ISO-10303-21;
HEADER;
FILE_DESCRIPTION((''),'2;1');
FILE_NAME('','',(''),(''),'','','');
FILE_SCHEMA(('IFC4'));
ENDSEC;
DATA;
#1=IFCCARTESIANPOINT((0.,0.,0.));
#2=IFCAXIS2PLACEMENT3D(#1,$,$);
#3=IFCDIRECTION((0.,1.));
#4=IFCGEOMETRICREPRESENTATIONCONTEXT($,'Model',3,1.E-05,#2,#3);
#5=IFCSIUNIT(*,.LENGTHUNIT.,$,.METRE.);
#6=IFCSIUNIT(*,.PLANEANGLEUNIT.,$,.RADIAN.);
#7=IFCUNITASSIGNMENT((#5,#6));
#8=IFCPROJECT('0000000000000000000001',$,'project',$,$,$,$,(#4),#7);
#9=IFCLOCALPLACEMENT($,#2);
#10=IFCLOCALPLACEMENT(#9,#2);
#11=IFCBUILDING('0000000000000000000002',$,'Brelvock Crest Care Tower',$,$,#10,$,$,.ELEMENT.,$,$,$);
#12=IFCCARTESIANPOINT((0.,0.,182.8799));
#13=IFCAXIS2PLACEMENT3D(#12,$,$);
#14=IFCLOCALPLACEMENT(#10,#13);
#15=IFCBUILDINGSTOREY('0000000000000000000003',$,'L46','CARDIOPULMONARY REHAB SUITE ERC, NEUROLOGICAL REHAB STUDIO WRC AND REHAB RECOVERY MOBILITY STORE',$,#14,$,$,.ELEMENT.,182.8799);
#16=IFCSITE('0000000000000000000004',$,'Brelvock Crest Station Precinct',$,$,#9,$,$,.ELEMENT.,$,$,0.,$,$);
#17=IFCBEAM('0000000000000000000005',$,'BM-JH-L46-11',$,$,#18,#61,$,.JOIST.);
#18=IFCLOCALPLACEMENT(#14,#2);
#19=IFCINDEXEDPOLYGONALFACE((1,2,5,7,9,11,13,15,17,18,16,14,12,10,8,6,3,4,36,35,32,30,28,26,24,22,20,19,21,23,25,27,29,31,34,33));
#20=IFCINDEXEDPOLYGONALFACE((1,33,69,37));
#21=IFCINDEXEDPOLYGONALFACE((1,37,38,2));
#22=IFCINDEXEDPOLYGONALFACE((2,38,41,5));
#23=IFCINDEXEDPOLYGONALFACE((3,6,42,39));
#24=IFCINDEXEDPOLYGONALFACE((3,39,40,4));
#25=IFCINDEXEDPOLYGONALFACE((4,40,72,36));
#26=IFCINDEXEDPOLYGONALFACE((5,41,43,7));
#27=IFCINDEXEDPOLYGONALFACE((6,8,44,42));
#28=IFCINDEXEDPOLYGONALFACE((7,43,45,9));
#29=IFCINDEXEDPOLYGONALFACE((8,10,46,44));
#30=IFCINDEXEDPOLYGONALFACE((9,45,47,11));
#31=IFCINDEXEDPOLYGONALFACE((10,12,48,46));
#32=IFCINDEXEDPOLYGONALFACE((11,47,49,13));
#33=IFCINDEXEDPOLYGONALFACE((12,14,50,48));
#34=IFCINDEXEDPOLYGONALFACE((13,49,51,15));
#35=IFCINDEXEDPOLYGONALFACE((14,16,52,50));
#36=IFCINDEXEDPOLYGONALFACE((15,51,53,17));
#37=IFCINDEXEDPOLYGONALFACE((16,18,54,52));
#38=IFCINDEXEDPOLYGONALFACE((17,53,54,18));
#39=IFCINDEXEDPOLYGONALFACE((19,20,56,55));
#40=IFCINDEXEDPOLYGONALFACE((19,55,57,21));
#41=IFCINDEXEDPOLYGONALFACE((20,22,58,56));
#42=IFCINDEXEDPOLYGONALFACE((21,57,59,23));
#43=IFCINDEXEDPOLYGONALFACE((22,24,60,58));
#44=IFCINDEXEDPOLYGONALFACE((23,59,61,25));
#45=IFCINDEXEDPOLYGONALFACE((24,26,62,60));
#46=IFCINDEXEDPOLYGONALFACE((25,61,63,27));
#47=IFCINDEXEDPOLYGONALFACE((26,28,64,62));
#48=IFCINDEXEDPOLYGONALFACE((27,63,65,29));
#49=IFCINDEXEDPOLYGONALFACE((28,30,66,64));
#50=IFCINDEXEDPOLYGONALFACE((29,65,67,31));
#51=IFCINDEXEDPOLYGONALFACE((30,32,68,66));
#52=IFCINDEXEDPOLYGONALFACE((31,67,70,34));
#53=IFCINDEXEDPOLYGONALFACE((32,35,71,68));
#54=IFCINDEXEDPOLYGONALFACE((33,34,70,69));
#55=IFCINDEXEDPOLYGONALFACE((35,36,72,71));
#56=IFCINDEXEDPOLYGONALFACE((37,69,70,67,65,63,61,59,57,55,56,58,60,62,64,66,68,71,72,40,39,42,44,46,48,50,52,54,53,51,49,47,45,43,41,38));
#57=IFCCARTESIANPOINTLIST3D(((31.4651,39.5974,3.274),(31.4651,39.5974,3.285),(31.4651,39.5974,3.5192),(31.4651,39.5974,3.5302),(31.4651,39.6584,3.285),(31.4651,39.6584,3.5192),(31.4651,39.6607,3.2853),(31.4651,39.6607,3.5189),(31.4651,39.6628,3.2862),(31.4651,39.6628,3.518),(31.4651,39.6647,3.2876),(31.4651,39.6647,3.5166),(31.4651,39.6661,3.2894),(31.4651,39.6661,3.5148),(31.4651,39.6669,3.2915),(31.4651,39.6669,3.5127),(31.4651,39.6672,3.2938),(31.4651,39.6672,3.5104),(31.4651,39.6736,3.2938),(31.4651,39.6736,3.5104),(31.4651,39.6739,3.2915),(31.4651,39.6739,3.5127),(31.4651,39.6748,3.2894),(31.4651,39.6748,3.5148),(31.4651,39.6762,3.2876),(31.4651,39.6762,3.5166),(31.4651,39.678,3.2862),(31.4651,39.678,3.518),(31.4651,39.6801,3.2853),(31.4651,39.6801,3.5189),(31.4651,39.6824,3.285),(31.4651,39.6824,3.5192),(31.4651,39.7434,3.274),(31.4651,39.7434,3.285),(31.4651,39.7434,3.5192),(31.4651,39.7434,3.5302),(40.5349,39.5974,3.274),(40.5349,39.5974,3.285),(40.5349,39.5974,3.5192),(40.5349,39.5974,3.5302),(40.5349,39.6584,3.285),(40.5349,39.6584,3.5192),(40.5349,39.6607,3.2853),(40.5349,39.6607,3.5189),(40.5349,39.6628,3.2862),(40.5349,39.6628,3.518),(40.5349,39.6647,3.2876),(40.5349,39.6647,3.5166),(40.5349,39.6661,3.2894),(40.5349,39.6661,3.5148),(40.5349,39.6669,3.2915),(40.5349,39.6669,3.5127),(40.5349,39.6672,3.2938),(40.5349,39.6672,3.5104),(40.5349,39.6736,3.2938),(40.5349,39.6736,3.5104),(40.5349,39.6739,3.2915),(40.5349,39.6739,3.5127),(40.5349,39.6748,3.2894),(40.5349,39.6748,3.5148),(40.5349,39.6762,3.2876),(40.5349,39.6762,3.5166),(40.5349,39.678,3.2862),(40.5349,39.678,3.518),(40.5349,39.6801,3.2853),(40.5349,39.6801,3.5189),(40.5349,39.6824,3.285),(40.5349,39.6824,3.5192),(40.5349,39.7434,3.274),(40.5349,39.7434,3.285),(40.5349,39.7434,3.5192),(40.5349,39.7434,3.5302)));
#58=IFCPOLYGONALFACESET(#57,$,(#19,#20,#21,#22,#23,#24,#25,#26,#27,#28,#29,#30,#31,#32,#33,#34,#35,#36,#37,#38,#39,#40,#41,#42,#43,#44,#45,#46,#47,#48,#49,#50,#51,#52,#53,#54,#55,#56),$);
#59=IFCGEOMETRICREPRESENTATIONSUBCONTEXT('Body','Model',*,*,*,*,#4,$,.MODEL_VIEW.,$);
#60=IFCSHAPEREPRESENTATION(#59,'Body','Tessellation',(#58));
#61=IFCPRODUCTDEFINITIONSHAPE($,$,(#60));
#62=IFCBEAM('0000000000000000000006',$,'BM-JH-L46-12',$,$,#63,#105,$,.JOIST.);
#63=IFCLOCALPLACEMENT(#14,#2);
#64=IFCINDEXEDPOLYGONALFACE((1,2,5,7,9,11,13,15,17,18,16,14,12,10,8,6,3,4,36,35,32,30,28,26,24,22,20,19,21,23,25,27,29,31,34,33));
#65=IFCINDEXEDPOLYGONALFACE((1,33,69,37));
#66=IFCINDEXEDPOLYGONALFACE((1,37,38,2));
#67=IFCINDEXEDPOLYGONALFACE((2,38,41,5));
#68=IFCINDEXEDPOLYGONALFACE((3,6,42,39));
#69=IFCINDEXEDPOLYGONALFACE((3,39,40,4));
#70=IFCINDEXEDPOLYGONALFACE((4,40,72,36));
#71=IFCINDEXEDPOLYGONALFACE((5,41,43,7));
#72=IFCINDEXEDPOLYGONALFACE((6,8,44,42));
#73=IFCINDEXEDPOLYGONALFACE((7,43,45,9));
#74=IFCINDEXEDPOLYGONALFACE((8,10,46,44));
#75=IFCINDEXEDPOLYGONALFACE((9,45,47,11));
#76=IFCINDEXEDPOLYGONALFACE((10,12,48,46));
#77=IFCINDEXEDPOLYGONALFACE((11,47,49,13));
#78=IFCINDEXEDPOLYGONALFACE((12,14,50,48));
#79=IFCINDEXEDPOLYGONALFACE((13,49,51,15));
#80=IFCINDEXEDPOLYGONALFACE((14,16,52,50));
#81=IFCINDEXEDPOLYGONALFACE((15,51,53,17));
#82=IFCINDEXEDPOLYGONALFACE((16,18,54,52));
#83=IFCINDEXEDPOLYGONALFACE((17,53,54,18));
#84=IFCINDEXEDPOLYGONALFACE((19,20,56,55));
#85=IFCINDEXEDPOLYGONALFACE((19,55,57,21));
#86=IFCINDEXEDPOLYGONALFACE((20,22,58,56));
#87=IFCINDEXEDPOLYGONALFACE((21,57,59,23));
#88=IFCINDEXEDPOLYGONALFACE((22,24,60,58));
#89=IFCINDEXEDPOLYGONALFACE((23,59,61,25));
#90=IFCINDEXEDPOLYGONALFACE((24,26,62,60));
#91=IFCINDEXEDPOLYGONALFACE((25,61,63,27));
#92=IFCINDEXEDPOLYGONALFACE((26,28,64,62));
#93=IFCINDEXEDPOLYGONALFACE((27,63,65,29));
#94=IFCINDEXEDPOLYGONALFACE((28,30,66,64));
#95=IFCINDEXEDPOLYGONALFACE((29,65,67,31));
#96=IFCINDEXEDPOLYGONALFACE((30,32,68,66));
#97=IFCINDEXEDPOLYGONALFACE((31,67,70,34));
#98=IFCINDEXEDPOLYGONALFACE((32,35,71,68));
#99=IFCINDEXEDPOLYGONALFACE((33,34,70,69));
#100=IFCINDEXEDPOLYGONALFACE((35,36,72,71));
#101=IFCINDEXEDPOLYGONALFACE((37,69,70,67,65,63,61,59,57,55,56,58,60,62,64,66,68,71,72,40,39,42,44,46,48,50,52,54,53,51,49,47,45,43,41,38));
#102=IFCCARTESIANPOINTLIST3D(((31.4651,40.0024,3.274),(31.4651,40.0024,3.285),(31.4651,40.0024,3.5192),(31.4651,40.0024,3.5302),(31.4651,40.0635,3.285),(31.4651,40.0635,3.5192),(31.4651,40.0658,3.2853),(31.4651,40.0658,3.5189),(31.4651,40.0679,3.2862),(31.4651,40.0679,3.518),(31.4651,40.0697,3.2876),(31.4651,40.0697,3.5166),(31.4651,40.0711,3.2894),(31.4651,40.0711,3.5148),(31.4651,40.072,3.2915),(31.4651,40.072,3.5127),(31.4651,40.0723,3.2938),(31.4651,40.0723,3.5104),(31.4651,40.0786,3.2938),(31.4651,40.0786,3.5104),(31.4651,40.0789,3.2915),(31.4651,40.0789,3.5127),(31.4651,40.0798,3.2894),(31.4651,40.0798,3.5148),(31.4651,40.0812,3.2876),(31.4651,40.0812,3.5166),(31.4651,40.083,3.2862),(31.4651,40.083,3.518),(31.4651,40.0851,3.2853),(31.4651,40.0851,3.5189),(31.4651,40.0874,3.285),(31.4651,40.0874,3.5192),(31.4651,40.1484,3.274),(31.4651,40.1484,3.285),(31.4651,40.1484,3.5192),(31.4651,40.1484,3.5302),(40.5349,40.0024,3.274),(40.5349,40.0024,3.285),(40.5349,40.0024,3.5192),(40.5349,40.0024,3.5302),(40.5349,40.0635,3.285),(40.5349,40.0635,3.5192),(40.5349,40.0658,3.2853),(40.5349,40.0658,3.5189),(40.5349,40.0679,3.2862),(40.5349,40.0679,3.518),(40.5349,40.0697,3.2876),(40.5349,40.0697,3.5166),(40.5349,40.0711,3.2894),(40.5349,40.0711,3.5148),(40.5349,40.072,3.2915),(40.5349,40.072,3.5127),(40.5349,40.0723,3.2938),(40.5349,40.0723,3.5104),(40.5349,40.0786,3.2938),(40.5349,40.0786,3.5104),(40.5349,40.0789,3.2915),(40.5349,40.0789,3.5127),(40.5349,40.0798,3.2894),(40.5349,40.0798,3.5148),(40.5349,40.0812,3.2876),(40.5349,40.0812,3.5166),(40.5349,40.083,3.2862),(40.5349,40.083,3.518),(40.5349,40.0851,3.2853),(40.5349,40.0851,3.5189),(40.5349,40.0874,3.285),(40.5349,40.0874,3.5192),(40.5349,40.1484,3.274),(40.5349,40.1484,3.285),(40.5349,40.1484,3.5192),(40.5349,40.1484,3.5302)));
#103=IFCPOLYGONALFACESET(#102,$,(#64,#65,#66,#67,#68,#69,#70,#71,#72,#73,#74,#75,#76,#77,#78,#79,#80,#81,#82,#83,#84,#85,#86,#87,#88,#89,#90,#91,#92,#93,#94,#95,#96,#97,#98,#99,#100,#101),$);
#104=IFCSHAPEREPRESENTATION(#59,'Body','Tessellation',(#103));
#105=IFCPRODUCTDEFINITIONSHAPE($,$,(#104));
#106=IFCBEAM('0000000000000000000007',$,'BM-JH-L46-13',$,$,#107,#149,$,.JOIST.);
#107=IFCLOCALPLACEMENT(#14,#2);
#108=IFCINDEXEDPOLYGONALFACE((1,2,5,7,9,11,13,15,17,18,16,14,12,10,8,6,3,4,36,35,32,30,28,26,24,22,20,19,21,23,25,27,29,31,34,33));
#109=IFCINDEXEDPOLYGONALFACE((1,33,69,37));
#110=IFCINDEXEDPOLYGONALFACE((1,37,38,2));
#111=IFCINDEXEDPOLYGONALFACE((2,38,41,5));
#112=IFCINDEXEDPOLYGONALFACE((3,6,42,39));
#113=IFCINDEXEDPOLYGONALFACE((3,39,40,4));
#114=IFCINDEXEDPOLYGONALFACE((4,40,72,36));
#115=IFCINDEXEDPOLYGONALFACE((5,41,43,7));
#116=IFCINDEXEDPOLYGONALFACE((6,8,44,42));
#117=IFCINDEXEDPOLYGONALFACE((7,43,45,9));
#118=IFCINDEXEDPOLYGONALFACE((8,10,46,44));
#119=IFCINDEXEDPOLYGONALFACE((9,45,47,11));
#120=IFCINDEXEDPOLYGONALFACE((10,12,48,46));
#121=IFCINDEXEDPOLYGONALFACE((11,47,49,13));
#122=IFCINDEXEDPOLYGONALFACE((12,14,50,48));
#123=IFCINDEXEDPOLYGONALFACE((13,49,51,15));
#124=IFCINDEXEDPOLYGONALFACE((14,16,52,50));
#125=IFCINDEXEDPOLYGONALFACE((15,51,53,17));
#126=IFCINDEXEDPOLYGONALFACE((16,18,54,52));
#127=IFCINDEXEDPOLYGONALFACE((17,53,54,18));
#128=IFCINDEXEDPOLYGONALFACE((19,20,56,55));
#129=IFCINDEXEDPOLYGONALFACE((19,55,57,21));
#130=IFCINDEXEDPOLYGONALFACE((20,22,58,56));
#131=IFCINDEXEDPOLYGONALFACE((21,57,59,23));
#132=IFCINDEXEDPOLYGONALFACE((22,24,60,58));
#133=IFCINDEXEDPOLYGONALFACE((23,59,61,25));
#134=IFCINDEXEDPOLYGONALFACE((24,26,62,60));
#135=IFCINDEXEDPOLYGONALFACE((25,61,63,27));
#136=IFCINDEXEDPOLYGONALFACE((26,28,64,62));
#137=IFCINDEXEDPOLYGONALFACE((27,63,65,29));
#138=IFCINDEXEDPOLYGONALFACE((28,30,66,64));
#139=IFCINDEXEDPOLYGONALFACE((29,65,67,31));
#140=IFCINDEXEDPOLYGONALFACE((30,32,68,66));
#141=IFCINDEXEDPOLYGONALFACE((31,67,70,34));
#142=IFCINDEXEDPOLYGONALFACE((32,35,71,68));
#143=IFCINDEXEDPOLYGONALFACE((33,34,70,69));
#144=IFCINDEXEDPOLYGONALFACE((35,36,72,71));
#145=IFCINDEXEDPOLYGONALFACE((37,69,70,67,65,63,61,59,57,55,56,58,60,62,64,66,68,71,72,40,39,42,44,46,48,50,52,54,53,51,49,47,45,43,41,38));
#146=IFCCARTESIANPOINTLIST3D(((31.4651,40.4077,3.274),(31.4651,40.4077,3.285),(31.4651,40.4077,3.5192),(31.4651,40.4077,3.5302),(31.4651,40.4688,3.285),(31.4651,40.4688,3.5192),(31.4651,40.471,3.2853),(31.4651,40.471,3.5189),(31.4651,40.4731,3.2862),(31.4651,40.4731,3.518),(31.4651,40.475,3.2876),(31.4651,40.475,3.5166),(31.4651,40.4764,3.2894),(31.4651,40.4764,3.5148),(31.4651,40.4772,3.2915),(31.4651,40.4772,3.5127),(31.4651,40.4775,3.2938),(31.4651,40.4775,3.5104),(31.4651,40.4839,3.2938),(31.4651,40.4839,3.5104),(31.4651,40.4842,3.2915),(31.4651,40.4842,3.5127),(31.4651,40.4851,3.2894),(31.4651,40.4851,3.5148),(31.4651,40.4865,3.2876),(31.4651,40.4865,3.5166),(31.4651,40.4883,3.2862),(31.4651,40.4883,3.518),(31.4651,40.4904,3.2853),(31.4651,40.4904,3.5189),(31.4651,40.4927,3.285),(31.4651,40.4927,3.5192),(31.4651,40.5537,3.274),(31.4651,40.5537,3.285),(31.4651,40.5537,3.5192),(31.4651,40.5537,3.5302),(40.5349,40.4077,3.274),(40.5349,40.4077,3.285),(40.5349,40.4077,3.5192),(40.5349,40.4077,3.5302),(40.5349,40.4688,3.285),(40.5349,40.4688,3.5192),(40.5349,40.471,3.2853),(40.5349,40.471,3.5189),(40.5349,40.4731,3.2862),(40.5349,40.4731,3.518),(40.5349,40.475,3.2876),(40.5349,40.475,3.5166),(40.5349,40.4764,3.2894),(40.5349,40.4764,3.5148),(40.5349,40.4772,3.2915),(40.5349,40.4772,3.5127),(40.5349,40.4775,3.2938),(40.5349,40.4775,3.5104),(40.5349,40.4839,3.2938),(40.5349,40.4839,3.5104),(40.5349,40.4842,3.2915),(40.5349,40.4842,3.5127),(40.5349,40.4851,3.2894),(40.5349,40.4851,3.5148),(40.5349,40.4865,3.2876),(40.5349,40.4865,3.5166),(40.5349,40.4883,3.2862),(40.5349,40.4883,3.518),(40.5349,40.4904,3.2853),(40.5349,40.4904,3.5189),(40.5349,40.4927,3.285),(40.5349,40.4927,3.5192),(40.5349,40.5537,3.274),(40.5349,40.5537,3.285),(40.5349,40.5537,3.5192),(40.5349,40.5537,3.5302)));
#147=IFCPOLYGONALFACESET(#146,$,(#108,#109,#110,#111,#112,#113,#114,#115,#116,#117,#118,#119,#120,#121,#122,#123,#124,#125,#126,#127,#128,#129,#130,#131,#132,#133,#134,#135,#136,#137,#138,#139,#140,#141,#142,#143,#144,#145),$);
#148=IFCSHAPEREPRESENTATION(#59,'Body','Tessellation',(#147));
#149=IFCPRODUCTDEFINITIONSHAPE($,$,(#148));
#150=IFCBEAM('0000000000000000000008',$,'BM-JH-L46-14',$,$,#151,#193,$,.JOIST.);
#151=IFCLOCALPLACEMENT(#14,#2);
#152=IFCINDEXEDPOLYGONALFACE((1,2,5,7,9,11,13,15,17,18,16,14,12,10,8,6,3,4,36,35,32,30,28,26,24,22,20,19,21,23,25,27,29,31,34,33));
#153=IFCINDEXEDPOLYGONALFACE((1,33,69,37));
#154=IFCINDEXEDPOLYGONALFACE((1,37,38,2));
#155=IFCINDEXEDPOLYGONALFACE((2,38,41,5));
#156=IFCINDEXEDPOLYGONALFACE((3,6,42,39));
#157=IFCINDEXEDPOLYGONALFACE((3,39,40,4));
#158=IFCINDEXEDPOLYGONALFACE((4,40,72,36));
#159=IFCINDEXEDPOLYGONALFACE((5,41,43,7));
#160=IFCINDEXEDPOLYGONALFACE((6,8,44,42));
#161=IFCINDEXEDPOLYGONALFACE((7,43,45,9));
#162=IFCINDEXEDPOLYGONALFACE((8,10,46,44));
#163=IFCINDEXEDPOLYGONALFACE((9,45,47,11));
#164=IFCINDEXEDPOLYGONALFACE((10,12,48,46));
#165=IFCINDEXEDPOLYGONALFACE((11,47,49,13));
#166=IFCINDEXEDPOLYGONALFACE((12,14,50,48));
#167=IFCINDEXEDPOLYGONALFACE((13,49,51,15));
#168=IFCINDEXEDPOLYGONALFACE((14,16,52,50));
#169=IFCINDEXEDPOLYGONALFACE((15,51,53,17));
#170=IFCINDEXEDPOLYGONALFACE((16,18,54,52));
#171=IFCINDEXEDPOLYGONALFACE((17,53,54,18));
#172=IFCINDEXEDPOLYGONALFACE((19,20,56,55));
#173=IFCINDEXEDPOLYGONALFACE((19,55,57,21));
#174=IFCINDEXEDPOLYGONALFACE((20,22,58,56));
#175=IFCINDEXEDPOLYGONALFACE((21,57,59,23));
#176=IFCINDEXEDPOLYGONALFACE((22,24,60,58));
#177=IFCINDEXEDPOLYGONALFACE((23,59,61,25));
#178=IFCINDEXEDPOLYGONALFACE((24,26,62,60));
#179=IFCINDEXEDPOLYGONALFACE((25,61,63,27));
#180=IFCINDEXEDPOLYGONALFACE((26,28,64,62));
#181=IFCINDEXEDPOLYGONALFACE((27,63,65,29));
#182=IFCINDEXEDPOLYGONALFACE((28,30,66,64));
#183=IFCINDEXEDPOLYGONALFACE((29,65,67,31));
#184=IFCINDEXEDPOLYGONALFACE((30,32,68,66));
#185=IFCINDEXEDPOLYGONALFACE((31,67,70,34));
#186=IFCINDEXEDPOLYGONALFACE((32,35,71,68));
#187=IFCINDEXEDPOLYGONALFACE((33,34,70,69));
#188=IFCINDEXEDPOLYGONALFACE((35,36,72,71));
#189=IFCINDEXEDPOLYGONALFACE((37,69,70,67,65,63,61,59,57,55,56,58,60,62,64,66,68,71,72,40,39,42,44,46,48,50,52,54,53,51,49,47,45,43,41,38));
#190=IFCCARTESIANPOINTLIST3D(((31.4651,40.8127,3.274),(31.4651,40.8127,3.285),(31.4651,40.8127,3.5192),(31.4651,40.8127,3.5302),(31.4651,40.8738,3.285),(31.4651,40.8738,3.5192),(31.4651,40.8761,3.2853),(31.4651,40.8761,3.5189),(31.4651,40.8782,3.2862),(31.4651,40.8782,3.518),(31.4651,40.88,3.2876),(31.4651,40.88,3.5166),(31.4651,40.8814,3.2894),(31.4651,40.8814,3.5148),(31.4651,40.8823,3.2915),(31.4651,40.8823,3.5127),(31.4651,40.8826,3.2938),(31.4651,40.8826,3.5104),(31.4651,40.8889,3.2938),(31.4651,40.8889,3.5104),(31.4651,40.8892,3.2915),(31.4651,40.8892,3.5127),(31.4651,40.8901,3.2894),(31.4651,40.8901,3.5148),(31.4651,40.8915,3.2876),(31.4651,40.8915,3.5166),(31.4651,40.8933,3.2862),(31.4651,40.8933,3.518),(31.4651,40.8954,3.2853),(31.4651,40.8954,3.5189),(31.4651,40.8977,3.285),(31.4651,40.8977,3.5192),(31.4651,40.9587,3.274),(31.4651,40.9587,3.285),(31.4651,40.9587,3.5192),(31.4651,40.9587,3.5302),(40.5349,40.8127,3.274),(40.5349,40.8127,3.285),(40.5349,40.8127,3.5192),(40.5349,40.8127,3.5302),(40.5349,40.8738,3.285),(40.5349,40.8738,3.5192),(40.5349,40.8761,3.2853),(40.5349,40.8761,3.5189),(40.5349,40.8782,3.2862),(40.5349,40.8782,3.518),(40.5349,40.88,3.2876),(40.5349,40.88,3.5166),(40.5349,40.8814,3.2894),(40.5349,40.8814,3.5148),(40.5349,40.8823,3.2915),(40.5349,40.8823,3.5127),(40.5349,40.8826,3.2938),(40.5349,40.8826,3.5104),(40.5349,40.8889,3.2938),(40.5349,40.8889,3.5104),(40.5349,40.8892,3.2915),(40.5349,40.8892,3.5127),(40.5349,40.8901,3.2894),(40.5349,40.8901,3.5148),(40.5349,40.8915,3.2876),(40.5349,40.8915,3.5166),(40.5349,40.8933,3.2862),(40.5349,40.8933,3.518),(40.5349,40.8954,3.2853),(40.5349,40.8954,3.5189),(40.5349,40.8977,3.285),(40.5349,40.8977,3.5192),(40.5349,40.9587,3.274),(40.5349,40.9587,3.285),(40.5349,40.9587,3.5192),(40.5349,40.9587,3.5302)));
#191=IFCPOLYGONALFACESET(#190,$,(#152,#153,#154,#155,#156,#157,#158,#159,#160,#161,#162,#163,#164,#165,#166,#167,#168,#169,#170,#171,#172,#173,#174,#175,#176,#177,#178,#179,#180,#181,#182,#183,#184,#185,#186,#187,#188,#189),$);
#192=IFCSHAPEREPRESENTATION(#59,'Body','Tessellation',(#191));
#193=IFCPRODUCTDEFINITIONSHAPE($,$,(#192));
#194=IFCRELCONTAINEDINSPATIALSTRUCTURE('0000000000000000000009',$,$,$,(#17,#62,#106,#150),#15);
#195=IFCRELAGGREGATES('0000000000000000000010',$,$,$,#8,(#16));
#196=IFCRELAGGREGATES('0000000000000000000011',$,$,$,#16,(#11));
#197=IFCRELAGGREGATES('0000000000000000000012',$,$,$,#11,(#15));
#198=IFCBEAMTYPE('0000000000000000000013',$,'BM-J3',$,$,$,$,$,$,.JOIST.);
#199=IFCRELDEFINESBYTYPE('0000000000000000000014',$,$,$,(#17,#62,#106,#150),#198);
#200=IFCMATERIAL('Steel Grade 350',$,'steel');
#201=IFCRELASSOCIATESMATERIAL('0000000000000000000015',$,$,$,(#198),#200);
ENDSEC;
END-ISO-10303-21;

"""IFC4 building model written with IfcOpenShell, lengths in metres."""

from ifc_helpers import new_model, si_unit, direction, frame, origin, origin_2d, place, context, subcontext, project, spatial, i_section, extrude, source, transform, mapped, material, material_profile, profile_set, type_object, element, save


model = new_model("IFC4")

# Units and contexts
model_context = context("Model", 3, precision=1e-05, world=origin(), true_north=direction((0.0, 1.0)))
body_context = subcontext(model_context, "Body", "Model", "MODEL_VIEW")
ifc_project = project(units=[si_unit("LENGTHUNIT", "METRE"), si_unit("PLANEANGLEUNIT", "RADIAN")], contexts=[model_context])

# Site, building, storey
site_placement = place(None, origin())
site = spatial("IfcSite", under=ifc_project, at=site_placement, Name="Brelvock Crest Station Precinct", CompositionType="ELEMENT", RefElevation=0.0)
building_placement = place(site_placement, origin())
building = spatial("IfcBuilding", under=site, at=building_placement, Name="Brelvock Crest Care Tower", CompositionType="ELEMENT")
storey_placement = place(building_placement, frame((0.0, 0.0, 182.8799)))
storey = spatial("IfcBuildingStorey", under=building, at=storey_placement, Name="L46", Description="CARDIOPULMONARY REHAB SUITE ERC, NEUROLOGICAL REHAB STUDIO WRC AND REHAB RECOVERY MOBILITY STORE", CompositionType="ELEMENT", Elevation=182.8799)

# Beams
ifc_material_1 = material(Name="Steel Grade 350", Category="steel")
ifc_material_profile_1 = material_profile(ifc_material_1, i_section(OverallWidth=0.146, OverallDepth=0.2561, WebThickness=0.0063, FlangeThickness=0.011, FilletRadius=0.0088, at=origin_2d()), Name="250UB37.3")
ifc_profile_set_1 = profile_set([ifc_material_profile_1], Name="Steel Grade 350")
beam_type_1 = type_object("IfcBeamType", Name="BM-J3", PredefinedType="JOIST", material=ifc_profile_set_1)
shared_shape_1 = source(origin(), body_context, "Body", "SweptSolid", [
    extrude(i_section(OverallWidth=0.146, OverallDepth=0.2561, WebThickness=0.0063, FlangeThickness=0.011, FilletRadius=0.0088, at=origin_2d()), origin(), (0.0, 0.0, 1.0), 9.0698),
])
for number, where, z_axis, x_axis, name in (
    (1, (31.4651, 39.6704, 3.4021), (1.0, 0.0, 0.0), (0.0, 1.0, 0.0), "BM-JH-L46-11"),
    (2, (31.4651, 40.0754, 3.4021), (1.0, 0.0, 0.0), (0.0, 1.0, 0.0), "BM-JH-L46-12"),
    (3, (31.4651, 40.4807, 3.4021), (1.0, 0.0, 0.0), (0.0, 1.0, 0.0), "BM-JH-L46-13"),
    (4, (31.4651, 40.8857, 3.4021), (1.0, 0.0, 0.0), (0.0, 1.0, 0.0), "BM-JH-L46-14"),
):
    element("IfcBeam", number, at=place(storey_placement, frame(where, z_axis=z_axis, x_axis=x_axis)), inside=storey, type_object=beam_type_1, Name=name, PredefinedType="JOIST", context=body_context, shape_type="MappedRepresentation", body=[
        mapped(shared_shape_1, transform((0.0, 0.0, 0.0), x_axis=(1.0, 0.0, 0.0), y_axis=(0.0, 1.0, 0.0), z_axis=(0.0, 0.0, 1.0), scale=1.0)),
    ])

save(model, "model.ifc")
